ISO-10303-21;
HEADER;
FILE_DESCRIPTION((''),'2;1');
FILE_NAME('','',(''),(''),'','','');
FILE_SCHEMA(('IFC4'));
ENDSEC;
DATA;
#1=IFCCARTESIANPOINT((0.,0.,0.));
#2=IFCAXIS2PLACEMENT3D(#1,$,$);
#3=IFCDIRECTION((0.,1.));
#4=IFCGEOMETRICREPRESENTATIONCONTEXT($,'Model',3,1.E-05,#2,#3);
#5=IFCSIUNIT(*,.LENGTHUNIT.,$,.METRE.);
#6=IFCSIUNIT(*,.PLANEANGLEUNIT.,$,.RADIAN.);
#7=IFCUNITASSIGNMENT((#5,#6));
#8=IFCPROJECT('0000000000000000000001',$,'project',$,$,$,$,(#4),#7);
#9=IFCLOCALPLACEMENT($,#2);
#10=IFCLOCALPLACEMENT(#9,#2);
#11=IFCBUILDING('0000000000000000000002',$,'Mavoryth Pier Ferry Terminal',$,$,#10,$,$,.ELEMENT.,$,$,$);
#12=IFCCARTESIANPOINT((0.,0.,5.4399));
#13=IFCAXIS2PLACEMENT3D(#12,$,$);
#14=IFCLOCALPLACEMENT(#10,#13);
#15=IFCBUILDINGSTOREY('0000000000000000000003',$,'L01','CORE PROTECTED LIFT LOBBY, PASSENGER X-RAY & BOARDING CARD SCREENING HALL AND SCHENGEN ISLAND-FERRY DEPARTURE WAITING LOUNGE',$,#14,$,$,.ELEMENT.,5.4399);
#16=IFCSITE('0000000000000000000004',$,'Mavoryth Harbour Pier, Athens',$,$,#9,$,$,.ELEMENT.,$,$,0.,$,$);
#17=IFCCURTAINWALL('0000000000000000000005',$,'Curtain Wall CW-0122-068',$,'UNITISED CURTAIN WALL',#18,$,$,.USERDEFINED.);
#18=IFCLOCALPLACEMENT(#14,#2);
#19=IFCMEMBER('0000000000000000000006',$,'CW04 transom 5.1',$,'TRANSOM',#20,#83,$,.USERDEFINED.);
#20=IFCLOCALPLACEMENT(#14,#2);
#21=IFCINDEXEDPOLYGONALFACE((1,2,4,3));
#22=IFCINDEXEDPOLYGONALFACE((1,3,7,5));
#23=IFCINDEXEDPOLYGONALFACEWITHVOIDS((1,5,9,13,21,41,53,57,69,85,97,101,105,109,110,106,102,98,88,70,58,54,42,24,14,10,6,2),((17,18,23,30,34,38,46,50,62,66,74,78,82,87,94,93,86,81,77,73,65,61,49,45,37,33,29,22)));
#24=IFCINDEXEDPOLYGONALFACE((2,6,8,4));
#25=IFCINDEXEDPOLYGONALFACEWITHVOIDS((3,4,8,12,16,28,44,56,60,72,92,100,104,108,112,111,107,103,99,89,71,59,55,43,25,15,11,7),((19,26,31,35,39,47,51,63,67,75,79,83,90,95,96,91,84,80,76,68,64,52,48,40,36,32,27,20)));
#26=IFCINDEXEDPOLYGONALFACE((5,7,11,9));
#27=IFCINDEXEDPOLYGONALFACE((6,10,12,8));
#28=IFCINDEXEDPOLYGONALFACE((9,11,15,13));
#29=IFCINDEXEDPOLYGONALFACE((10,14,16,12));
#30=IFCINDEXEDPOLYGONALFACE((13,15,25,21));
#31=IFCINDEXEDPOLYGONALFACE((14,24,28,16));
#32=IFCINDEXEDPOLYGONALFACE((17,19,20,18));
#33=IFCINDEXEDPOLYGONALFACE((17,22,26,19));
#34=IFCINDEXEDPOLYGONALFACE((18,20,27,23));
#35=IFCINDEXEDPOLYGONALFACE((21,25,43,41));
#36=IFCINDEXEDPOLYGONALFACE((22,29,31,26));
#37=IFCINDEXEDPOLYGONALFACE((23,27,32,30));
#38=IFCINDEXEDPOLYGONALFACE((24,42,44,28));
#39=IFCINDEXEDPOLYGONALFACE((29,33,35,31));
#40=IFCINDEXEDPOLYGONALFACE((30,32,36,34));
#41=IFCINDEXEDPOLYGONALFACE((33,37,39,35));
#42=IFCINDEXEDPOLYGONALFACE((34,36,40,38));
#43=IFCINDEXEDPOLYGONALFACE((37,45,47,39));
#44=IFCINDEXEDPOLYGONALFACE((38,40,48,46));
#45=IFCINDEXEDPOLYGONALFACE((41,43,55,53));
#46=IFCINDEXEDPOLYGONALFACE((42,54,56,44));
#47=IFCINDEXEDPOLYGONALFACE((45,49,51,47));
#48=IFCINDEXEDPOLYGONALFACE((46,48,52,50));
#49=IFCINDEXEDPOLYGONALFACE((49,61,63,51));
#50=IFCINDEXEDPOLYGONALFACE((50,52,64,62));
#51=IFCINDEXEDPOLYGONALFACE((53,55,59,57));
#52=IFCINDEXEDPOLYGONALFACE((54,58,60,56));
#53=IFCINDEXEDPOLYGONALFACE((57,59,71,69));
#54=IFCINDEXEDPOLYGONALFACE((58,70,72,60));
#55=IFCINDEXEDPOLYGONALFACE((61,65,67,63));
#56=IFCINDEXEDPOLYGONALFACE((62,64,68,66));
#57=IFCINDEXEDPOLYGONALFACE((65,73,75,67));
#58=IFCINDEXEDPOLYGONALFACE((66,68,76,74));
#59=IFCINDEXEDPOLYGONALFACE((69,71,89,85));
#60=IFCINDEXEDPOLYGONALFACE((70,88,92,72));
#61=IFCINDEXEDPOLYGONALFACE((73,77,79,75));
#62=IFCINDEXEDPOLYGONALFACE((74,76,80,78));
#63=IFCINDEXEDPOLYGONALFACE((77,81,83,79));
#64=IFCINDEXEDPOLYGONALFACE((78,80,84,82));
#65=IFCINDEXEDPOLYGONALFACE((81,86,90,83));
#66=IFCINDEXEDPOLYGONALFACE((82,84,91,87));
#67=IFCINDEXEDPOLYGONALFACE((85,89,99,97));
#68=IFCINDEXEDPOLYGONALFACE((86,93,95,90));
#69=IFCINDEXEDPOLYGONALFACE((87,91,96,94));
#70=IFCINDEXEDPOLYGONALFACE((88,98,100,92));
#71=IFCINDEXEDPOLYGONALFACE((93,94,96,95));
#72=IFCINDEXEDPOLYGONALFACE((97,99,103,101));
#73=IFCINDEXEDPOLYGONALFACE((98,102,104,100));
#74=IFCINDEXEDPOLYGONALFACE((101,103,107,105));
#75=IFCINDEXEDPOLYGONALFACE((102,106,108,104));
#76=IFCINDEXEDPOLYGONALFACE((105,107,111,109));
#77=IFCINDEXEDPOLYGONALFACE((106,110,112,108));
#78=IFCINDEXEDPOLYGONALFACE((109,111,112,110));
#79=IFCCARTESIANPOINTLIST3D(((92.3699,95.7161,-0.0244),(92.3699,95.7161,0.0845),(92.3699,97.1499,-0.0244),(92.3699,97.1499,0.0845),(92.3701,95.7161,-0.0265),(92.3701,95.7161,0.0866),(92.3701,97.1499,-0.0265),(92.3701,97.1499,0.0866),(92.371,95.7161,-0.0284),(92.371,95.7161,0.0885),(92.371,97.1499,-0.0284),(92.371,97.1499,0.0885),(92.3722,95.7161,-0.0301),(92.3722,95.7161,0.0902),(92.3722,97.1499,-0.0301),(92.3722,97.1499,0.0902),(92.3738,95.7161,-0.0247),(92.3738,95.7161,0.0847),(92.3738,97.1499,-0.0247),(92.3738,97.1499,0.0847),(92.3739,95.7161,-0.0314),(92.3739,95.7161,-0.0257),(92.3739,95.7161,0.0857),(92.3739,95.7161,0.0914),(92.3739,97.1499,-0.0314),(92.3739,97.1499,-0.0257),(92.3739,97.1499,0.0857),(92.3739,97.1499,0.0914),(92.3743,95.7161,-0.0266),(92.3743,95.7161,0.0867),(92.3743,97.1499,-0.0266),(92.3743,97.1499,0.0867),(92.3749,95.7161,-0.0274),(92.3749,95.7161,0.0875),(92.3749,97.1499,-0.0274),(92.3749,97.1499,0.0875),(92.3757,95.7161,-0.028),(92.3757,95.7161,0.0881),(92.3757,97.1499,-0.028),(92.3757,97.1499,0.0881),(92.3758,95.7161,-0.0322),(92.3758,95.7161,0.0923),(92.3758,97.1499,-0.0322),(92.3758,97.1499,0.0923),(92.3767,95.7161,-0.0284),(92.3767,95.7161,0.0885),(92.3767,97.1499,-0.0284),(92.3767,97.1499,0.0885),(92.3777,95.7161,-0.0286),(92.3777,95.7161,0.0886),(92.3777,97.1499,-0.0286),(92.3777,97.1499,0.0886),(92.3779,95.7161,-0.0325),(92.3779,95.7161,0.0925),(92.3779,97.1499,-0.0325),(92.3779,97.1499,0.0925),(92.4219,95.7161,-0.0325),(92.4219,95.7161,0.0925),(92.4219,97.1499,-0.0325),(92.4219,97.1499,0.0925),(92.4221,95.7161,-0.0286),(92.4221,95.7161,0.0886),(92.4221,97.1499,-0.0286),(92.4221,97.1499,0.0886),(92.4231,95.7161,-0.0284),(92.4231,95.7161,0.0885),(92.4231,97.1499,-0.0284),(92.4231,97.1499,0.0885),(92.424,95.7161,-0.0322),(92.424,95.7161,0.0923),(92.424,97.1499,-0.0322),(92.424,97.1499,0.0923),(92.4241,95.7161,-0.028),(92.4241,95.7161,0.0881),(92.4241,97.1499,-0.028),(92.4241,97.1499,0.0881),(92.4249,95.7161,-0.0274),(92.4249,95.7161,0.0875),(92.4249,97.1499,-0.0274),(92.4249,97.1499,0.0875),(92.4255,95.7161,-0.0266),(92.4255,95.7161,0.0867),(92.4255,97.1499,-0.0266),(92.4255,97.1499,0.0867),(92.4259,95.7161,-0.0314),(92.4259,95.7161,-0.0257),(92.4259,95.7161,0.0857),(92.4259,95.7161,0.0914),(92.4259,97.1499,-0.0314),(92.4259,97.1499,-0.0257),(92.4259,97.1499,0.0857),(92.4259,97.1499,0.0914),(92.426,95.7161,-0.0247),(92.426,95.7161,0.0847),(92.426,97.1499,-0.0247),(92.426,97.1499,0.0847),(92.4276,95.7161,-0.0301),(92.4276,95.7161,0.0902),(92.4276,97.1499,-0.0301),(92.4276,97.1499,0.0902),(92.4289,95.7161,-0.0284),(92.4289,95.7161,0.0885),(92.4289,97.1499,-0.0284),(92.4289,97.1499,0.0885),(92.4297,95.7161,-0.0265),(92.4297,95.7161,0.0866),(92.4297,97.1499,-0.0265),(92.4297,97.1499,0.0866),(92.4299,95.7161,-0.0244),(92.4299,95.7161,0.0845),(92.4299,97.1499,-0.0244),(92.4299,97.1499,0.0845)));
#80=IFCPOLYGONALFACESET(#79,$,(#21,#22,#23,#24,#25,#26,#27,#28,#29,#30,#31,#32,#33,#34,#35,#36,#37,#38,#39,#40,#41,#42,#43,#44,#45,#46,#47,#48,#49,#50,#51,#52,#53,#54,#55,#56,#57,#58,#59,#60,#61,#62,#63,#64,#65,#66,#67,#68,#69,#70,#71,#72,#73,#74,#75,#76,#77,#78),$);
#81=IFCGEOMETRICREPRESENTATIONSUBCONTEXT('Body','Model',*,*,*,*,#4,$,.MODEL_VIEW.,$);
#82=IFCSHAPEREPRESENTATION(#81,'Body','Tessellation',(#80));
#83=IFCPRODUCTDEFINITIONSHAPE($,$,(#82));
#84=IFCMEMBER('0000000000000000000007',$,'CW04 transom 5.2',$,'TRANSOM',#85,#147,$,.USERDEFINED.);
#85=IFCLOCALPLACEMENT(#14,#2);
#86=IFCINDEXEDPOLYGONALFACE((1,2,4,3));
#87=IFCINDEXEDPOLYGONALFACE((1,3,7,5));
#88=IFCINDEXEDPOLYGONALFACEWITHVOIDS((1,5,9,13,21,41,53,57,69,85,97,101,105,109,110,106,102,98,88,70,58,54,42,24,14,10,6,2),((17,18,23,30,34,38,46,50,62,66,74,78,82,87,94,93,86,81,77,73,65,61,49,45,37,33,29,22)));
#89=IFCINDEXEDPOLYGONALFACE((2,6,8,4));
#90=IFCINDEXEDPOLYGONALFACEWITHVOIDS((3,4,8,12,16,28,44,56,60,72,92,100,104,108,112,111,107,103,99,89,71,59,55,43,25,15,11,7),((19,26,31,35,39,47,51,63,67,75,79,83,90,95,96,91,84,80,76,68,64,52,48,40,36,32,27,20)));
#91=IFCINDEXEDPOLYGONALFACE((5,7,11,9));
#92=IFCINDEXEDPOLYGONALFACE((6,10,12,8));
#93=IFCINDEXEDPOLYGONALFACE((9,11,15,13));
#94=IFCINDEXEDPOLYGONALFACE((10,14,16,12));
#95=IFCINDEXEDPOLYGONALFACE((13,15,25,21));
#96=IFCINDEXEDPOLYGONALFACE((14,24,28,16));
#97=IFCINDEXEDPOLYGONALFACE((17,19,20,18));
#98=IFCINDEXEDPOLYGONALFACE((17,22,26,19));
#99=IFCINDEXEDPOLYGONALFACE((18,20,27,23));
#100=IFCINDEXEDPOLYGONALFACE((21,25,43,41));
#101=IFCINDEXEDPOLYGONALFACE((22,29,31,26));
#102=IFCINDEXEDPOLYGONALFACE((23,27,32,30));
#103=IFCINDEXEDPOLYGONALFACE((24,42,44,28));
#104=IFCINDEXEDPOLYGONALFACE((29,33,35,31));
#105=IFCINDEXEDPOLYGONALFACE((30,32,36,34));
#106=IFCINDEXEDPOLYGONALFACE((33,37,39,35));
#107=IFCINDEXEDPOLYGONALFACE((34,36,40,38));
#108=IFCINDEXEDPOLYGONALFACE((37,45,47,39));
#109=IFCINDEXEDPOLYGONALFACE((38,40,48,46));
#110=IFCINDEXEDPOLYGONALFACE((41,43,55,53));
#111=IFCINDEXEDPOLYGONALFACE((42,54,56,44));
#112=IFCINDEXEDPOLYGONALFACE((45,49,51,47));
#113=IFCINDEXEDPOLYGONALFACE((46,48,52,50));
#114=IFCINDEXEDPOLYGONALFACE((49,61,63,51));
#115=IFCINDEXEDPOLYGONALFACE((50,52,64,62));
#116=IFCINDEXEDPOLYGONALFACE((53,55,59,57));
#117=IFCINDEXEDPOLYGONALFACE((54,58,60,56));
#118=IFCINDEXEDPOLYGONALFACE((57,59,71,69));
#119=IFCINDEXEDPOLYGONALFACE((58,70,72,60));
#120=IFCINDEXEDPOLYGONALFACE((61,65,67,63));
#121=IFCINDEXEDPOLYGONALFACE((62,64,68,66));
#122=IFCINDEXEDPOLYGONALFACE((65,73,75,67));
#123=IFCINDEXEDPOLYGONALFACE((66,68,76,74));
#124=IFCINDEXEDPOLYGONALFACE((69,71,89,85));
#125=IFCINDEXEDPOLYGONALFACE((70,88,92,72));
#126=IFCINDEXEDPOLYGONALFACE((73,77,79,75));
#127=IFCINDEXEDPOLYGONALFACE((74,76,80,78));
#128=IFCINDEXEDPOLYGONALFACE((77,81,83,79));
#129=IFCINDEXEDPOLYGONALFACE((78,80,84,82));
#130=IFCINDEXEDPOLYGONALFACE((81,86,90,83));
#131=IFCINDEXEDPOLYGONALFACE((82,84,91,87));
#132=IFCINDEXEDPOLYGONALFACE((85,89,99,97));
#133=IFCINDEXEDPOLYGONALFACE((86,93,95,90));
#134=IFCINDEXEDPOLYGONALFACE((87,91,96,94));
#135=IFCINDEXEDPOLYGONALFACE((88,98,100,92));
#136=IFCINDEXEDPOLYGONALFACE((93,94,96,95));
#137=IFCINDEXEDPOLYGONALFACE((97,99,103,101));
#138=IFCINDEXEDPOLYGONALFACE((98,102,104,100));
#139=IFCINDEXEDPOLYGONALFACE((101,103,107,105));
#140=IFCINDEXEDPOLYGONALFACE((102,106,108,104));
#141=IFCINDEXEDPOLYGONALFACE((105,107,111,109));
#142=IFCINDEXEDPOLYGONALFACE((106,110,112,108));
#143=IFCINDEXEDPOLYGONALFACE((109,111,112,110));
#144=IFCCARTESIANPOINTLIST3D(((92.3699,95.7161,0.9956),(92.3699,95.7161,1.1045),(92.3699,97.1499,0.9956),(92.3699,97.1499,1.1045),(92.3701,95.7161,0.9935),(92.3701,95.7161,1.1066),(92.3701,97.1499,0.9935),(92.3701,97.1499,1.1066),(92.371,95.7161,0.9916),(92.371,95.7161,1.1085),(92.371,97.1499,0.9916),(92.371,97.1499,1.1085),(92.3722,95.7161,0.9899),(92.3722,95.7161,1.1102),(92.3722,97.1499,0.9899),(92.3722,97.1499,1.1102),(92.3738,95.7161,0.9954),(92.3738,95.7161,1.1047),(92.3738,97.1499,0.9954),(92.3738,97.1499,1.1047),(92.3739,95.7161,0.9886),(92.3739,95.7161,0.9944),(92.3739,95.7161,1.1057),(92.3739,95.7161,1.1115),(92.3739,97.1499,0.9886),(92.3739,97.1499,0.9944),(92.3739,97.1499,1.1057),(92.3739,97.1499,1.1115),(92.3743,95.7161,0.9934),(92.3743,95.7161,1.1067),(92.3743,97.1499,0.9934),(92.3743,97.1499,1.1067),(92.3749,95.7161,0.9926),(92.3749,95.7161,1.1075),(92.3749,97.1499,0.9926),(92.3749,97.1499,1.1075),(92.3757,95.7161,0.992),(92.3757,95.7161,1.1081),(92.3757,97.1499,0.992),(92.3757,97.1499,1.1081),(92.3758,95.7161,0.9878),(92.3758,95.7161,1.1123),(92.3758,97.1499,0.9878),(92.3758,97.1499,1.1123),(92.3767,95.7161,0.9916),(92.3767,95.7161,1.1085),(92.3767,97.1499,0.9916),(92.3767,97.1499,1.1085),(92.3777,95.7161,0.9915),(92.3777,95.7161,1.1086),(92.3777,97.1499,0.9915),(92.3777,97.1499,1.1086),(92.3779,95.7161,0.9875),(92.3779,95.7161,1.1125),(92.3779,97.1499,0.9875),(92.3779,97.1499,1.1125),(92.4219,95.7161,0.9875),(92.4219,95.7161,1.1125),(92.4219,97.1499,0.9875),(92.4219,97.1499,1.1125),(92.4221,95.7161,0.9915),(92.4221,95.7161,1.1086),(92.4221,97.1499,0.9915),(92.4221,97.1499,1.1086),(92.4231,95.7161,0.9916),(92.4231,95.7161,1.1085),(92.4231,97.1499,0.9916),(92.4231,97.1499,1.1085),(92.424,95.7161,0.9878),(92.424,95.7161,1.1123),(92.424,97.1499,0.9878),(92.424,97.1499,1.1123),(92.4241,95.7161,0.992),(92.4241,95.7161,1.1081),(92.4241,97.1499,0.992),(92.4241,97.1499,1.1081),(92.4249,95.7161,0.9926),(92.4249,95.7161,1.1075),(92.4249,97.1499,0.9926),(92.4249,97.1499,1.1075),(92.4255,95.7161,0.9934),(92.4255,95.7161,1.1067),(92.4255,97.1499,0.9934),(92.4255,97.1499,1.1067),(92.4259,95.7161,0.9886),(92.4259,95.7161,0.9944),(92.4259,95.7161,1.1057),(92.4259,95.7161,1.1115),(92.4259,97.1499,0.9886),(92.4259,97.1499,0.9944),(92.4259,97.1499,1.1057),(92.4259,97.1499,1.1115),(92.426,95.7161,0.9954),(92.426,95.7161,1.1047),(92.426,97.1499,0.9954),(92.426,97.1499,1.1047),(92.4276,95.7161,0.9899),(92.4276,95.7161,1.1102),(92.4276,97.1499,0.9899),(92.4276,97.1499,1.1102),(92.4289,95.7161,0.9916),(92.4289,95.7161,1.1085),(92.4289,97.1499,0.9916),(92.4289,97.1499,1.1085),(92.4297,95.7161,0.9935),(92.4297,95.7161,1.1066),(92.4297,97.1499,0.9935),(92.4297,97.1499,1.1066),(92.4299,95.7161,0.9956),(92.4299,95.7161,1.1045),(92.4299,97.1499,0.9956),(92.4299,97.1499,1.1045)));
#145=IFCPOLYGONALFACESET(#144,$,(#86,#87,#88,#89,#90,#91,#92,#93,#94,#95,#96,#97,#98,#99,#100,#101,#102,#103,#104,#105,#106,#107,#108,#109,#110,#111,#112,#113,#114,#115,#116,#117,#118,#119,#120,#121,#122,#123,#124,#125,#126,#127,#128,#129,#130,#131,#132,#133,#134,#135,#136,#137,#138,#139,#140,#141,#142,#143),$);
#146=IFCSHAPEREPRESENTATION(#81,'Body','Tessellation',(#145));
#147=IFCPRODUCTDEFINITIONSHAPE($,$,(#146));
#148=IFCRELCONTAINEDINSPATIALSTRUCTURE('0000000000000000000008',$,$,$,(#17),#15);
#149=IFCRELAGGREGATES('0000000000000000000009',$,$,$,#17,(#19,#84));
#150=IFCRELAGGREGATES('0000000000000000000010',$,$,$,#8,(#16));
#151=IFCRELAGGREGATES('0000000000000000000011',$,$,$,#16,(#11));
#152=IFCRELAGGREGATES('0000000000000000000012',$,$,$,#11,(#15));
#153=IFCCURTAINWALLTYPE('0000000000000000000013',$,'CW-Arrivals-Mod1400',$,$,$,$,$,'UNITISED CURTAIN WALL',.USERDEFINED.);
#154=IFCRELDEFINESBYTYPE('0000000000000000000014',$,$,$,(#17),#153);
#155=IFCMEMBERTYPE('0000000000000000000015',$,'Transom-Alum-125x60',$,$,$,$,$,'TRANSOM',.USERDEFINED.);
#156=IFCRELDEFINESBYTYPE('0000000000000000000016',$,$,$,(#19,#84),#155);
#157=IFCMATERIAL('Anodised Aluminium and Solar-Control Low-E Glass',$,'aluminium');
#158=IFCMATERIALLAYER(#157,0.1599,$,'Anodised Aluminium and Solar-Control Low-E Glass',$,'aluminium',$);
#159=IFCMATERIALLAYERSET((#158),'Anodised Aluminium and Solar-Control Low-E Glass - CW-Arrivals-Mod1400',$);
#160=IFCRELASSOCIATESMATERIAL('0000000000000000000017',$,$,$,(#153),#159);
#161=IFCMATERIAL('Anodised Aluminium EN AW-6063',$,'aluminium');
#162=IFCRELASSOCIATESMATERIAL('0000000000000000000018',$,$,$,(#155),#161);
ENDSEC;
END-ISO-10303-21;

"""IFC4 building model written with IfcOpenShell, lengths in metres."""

from ifc_helpers import new_model, si_unit, direction, frame, origin, origin_2d, place, context, subcontext, project, spatial, hollow_rectangle, extrude, material, layer, layer_set, material_profile, profile_set, type_object, element, aggregate, save


model = new_model("IFC4")

# Units and contexts
model_context = context("Model", 3, precision=1e-05, world=origin(), true_north=direction((0.0, 1.0)))
body_context = subcontext(model_context, "Body", "Model", "MODEL_VIEW")
ifc_project = project(units=[si_unit("LENGTHUNIT", "METRE"), si_unit("PLANEANGLEUNIT", "RADIAN")], contexts=[model_context])

# Site, building, storey
site_placement = place(None, origin())
site = spatial("IfcSite", under=ifc_project, at=site_placement, Name="Mavoryth Harbour Pier, Athens", CompositionType="ELEMENT", RefElevation=0.0)
building_placement = place(site_placement, origin())
building = spatial("IfcBuilding", under=site, at=building_placement, Name="Mavoryth Pier Ferry Terminal", CompositionType="ELEMENT")
storey_placement = place(building_placement, frame((0.0, 0.0, 5.4399)))
storey = spatial("IfcBuildingStorey", under=building, at=storey_placement, Name="L01", Description="CORE PROTECTED LIFT LOBBY, PASSENGER X-RAY & BOARDING CARD SCREENING HALL AND SCHENGEN ISLAND-FERRY DEPARTURE WAITING LOUNGE", CompositionType="ELEMENT", Elevation=5.4399)

# Curtain wall, members
ifc_material_1 = material(Name="Anodised Aluminium and Solar-Control Low-E Glass", Category="aluminium")
ifc_layer_1 = layer(ifc_material_1, 0.1599, Name="Anodised Aluminium and Solar-Control Low-E Glass", Category="aluminium")
ifc_layer_set_1 = layer_set([ifc_layer_1], Name="Anodised Aluminium and Solar-Control Low-E Glass - CW-Arrivals-Mod1400")
curtain_wall_type = type_object("IfcCurtainWallType", Name="CW-Arrivals-Mod1400", ElementType="UNITISED CURTAIN WALL", PredefinedType="USERDEFINED", material=ifc_layer_set_1)
curtain_wall_placement = place(storey_placement, origin())
curtain_wall = element("IfcCurtainWall", 1, at=curtain_wall_placement, inside=storey, type_object=curtain_wall_type, Name="Curtain Wall CW-0122-068", ObjectType="UNITISED CURTAIN WALL", PredefinedType="USERDEFINED")
ifc_material_2 = material(Name="Anodised Aluminium EN AW-6063", Category="aluminium")
ifc_material_profile_1 = material_profile(ifc_material_2, hollow_rectangle(XDim=0.0601, YDim=0.125, WallThickness=0.0039, InnerFilletRadius=0.0039, OuterFilletRadius=0.0081, at=origin_2d()), Name="AL-TRAN 125x60x4", Category="aluminium")
ifc_profile_set_1 = profile_set([ifc_material_profile_1], Name="Anodised Aluminium EN AW-6063 - AL-TRAN 125x60x4")
member_type_1 = type_object("IfcMemberType", Name="Transom-Alum-125x60", ElementType="TRANSOM", PredefinedType="USERDEFINED", material=ifc_profile_set_1)
member_1_placement = place(storey_placement, frame((92.3999, 95.7161, 0.03), z_axis=(0.0, 1.0, 0.0), x_axis=(-1.0, 0.0, 0.0)))
member_1 = element("IfcMember", 2, at=member_1_placement, type_object=member_type_1, Name="CW04 transom 5.1", ObjectType="TRANSOM", PredefinedType="USERDEFINED", context=body_context, shape_type="SweptSolid", body=[
    extrude(hollow_rectangle(XDim=0.0601, YDim=0.125, WallThickness=0.0039, InnerFilletRadius=0.0039, OuterFilletRadius=0.0081, at=origin_2d()), origin(), (0.0, 0.0, 1.0), 1.4338),
])
member_2_placement = place(storey_placement, frame((92.3999, 95.7161, 1.05), z_axis=(0.0, 1.0, 0.0), x_axis=(-1.0, 0.0, 0.0)))
member_2 = element("IfcMember", 3, at=member_2_placement, type_object=member_type_1, Name="CW04 transom 5.2", ObjectType="TRANSOM", PredefinedType="USERDEFINED", context=body_context, shape_type="SweptSolid", body=[
    extrude(hollow_rectangle(XDim=0.0601, YDim=0.125, WallThickness=0.0039, InnerFilletRadius=0.0039, OuterFilletRadius=0.0081, at=origin_2d()), origin(), (0.0, 0.0, 1.0), 1.4338),
])
aggregate(curtain_wall, [member_1, member_2])

save(model, "model.ifc")
